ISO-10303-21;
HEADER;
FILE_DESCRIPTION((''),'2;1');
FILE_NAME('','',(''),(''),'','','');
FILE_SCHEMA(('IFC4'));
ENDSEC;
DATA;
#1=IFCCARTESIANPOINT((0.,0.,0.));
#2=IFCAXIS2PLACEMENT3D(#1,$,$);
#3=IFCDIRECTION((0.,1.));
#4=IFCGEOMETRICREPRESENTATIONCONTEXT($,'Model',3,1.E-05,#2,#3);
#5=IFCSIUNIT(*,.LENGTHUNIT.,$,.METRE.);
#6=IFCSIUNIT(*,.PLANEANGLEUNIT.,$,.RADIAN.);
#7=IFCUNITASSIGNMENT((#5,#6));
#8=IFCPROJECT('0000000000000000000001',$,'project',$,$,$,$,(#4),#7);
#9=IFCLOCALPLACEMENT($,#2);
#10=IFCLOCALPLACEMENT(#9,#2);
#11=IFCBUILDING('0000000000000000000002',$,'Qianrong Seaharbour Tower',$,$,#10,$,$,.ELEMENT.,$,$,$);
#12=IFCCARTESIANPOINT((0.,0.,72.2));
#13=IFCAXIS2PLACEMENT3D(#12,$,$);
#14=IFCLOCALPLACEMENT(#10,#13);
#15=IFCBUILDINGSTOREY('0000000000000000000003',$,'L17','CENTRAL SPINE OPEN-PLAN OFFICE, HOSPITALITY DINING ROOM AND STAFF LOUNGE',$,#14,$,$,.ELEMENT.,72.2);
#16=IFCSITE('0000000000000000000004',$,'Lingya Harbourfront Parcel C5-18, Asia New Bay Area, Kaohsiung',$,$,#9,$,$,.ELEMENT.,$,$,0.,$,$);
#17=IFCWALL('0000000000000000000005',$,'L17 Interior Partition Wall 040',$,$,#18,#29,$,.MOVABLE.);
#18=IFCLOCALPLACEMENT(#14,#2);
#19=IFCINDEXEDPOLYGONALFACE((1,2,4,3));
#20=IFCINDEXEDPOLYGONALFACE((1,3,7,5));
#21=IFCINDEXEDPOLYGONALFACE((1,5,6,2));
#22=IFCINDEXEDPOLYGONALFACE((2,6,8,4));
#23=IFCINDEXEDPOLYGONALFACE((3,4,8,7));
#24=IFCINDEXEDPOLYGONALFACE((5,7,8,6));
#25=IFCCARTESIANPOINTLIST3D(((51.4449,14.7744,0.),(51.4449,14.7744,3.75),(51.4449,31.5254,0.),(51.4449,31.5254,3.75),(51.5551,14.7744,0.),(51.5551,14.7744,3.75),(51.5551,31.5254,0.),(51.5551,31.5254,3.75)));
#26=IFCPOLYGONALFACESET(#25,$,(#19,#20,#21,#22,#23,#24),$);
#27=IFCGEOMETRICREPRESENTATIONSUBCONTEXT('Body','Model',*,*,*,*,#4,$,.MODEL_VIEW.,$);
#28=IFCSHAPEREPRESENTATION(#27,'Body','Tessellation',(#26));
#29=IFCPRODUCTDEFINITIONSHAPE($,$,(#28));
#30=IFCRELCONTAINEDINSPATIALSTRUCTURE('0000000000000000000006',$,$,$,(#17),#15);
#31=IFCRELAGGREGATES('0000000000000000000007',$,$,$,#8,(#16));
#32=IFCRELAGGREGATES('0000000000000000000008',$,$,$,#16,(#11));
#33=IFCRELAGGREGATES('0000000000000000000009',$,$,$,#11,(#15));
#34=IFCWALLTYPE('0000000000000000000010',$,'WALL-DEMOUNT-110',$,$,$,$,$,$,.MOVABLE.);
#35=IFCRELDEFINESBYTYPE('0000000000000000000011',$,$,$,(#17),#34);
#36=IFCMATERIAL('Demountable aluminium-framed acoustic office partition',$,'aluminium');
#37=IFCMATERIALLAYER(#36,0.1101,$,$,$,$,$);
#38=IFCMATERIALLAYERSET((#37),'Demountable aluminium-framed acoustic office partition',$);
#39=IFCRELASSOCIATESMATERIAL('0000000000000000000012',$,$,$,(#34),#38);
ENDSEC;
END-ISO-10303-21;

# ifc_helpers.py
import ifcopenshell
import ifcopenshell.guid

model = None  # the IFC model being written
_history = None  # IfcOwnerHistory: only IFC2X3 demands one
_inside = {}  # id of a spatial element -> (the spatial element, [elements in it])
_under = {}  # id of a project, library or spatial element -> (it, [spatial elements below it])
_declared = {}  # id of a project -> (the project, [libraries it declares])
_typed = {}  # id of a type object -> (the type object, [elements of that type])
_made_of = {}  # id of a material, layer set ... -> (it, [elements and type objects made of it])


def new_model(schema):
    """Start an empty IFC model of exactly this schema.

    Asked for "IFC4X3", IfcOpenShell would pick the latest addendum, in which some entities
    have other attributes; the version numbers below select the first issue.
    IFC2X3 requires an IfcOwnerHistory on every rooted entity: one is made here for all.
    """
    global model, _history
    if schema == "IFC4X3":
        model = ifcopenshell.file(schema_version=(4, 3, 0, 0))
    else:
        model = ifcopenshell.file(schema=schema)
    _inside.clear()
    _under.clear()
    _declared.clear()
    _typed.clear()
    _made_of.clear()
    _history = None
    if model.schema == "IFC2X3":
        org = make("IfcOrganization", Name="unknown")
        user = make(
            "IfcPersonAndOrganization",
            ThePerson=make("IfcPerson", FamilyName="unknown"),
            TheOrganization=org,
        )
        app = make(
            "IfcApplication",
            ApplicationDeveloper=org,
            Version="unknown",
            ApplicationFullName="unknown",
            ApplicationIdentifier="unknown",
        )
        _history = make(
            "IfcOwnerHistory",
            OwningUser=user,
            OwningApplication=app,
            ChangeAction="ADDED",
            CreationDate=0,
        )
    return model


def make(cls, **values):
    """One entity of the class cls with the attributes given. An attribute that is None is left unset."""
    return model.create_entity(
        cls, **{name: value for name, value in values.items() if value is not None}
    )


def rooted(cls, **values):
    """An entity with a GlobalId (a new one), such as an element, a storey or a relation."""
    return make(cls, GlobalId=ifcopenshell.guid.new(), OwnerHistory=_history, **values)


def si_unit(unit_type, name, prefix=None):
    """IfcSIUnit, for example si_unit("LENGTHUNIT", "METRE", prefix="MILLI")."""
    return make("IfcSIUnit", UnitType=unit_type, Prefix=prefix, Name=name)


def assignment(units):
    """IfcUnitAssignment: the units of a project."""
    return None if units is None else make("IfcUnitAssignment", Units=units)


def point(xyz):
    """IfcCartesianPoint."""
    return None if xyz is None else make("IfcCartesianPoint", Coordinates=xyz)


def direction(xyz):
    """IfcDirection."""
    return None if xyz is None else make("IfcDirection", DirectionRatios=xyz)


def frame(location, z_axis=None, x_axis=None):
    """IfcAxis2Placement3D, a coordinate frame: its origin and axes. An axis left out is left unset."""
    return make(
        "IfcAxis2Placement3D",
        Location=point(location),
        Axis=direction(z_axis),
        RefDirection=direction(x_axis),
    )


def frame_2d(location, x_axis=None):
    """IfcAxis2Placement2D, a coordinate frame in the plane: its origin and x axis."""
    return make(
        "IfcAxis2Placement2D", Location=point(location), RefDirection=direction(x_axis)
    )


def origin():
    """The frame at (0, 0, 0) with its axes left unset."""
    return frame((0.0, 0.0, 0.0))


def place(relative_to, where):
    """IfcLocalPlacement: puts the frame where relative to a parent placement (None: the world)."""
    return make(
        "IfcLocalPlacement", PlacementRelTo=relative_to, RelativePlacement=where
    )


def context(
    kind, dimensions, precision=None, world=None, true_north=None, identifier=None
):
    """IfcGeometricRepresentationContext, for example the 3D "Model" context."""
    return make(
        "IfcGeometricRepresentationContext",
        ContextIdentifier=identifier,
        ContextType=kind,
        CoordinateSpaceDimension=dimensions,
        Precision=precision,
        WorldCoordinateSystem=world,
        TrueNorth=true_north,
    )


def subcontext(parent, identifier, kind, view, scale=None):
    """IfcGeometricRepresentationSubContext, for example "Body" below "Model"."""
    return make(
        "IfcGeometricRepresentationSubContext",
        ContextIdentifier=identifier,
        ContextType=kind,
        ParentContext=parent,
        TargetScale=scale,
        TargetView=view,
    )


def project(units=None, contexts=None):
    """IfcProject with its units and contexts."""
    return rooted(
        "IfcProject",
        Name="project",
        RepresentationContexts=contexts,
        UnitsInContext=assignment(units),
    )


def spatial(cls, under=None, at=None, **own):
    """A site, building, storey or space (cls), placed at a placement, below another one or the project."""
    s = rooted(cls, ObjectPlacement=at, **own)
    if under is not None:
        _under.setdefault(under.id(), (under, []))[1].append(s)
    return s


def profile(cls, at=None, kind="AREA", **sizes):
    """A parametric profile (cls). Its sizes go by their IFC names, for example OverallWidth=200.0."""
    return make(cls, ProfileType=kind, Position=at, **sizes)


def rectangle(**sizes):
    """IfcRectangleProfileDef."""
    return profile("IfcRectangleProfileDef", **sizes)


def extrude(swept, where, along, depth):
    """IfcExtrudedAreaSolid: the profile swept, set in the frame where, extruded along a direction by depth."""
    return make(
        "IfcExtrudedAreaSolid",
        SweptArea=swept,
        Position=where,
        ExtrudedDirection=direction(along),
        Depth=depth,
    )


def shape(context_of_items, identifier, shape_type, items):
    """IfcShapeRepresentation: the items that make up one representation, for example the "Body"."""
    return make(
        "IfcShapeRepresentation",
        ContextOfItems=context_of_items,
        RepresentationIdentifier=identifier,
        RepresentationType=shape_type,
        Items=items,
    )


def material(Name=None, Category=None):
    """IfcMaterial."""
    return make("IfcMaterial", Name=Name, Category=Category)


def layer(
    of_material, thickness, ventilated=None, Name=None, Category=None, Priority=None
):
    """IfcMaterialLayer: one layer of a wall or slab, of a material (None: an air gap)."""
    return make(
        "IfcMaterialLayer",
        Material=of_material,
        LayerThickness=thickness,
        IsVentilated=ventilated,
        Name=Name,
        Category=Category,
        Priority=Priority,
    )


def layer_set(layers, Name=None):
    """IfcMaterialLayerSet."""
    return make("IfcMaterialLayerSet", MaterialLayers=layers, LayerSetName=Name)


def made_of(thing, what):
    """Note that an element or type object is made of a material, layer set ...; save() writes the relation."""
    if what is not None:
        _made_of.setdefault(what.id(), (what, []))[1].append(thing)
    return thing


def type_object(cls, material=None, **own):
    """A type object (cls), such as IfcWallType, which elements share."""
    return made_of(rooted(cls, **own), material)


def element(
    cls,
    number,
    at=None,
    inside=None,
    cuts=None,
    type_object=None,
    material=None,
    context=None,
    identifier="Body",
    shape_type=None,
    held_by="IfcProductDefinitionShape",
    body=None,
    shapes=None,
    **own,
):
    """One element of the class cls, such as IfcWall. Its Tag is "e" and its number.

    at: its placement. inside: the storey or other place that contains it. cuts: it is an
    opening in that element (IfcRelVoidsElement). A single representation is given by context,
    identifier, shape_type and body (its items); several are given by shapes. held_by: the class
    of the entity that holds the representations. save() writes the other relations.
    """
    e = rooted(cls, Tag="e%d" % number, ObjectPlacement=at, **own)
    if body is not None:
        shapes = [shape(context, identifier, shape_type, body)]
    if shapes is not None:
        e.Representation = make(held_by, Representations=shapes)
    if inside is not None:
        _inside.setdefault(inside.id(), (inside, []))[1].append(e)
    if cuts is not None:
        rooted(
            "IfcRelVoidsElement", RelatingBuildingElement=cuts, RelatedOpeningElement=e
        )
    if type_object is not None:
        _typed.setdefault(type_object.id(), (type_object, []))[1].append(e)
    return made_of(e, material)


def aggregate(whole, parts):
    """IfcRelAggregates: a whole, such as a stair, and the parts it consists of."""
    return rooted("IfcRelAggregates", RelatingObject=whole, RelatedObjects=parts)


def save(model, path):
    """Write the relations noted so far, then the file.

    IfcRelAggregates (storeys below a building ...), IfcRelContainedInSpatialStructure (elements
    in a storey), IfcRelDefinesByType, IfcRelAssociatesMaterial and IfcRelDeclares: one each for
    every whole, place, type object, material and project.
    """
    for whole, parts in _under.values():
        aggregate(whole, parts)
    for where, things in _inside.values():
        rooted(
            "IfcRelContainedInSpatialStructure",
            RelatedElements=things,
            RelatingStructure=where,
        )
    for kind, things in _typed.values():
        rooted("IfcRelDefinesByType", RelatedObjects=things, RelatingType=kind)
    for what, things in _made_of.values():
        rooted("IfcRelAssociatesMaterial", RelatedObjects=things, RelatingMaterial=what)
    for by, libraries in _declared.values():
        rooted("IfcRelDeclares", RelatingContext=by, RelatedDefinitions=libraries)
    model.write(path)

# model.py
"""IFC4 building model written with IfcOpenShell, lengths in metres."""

from ifc_helpers import new_model, si_unit, direction, frame, frame_2d, origin, place, context, subcontext, project, spatial, rectangle, extrude, material, layer, layer_set, type_object, element, save


model = new_model("IFC4")

# Units and contexts
model_context = context("Model", 3, precision=1e-05, world=origin(), true_north=direction((0.0, 1.0)))
body_context = subcontext(model_context, "Body", "Model", "MODEL_VIEW")
ifc_project = project(units=[si_unit("LENGTHUNIT", "METRE"), si_unit("PLANEANGLEUNIT", "RADIAN")], contexts=[model_context])

# Site, building, storey
site_placement = place(None, origin())
site = spatial("IfcSite", under=ifc_project, at=site_placement, Name="Lingya Harbourfront Parcel C5-18, Asia New Bay Area, Kaohsiung", CompositionType="ELEMENT", RefElevation=0.0)
building_placement = place(site_placement, origin())
building = spatial("IfcBuilding", under=site, at=building_placement, Name="Qianrong Seaharbour Tower", CompositionType="ELEMENT")
storey_placement = place(building_placement, frame((0.0, 0.0, 72.2)))
storey = spatial("IfcBuildingStorey", under=building, at=storey_placement, Name="L17", Description="CENTRAL SPINE OPEN-PLAN OFFICE, HOSPITALITY DINING ROOM AND STAFF LOUNGE", CompositionType="ELEMENT", Elevation=72.2)

# Wall
ifc_material_1 = material(Name="Demountable aluminium-framed acoustic office partition", Category="aluminium")
ifc_layer_1 = layer(ifc_material_1, 0.1101)
ifc_layer_set_1 = layer_set([ifc_layer_1], Name="Demountable aluminium-framed acoustic office partition")
wall_type_1 = type_object("IfcWallType", Name="WALL-DEMOUNT-110", PredefinedType="MOVABLE", material=ifc_layer_set_1)
wall_1_placement = place(storey_placement, frame((51.5, 31.5254, 0.0), z_axis=(0.0, 0.0, 1.0), x_axis=(0.0, -1.0, 0.0)))
element("IfcWall", 1, at=wall_1_placement, inside=storey, type_object=wall_type_1, Name="L17 Interior Partition Wall 040", PredefinedType="MOVABLE", context=body_context, shape_type="SweptSolid", body=[
    extrude(rectangle(XDim=16.751, YDim=0.1101, at=frame_2d((8.3755, 0.0))), origin(), (0.0, 0.0, 1.0), 3.75),
])

save(model, "model.ifc")
